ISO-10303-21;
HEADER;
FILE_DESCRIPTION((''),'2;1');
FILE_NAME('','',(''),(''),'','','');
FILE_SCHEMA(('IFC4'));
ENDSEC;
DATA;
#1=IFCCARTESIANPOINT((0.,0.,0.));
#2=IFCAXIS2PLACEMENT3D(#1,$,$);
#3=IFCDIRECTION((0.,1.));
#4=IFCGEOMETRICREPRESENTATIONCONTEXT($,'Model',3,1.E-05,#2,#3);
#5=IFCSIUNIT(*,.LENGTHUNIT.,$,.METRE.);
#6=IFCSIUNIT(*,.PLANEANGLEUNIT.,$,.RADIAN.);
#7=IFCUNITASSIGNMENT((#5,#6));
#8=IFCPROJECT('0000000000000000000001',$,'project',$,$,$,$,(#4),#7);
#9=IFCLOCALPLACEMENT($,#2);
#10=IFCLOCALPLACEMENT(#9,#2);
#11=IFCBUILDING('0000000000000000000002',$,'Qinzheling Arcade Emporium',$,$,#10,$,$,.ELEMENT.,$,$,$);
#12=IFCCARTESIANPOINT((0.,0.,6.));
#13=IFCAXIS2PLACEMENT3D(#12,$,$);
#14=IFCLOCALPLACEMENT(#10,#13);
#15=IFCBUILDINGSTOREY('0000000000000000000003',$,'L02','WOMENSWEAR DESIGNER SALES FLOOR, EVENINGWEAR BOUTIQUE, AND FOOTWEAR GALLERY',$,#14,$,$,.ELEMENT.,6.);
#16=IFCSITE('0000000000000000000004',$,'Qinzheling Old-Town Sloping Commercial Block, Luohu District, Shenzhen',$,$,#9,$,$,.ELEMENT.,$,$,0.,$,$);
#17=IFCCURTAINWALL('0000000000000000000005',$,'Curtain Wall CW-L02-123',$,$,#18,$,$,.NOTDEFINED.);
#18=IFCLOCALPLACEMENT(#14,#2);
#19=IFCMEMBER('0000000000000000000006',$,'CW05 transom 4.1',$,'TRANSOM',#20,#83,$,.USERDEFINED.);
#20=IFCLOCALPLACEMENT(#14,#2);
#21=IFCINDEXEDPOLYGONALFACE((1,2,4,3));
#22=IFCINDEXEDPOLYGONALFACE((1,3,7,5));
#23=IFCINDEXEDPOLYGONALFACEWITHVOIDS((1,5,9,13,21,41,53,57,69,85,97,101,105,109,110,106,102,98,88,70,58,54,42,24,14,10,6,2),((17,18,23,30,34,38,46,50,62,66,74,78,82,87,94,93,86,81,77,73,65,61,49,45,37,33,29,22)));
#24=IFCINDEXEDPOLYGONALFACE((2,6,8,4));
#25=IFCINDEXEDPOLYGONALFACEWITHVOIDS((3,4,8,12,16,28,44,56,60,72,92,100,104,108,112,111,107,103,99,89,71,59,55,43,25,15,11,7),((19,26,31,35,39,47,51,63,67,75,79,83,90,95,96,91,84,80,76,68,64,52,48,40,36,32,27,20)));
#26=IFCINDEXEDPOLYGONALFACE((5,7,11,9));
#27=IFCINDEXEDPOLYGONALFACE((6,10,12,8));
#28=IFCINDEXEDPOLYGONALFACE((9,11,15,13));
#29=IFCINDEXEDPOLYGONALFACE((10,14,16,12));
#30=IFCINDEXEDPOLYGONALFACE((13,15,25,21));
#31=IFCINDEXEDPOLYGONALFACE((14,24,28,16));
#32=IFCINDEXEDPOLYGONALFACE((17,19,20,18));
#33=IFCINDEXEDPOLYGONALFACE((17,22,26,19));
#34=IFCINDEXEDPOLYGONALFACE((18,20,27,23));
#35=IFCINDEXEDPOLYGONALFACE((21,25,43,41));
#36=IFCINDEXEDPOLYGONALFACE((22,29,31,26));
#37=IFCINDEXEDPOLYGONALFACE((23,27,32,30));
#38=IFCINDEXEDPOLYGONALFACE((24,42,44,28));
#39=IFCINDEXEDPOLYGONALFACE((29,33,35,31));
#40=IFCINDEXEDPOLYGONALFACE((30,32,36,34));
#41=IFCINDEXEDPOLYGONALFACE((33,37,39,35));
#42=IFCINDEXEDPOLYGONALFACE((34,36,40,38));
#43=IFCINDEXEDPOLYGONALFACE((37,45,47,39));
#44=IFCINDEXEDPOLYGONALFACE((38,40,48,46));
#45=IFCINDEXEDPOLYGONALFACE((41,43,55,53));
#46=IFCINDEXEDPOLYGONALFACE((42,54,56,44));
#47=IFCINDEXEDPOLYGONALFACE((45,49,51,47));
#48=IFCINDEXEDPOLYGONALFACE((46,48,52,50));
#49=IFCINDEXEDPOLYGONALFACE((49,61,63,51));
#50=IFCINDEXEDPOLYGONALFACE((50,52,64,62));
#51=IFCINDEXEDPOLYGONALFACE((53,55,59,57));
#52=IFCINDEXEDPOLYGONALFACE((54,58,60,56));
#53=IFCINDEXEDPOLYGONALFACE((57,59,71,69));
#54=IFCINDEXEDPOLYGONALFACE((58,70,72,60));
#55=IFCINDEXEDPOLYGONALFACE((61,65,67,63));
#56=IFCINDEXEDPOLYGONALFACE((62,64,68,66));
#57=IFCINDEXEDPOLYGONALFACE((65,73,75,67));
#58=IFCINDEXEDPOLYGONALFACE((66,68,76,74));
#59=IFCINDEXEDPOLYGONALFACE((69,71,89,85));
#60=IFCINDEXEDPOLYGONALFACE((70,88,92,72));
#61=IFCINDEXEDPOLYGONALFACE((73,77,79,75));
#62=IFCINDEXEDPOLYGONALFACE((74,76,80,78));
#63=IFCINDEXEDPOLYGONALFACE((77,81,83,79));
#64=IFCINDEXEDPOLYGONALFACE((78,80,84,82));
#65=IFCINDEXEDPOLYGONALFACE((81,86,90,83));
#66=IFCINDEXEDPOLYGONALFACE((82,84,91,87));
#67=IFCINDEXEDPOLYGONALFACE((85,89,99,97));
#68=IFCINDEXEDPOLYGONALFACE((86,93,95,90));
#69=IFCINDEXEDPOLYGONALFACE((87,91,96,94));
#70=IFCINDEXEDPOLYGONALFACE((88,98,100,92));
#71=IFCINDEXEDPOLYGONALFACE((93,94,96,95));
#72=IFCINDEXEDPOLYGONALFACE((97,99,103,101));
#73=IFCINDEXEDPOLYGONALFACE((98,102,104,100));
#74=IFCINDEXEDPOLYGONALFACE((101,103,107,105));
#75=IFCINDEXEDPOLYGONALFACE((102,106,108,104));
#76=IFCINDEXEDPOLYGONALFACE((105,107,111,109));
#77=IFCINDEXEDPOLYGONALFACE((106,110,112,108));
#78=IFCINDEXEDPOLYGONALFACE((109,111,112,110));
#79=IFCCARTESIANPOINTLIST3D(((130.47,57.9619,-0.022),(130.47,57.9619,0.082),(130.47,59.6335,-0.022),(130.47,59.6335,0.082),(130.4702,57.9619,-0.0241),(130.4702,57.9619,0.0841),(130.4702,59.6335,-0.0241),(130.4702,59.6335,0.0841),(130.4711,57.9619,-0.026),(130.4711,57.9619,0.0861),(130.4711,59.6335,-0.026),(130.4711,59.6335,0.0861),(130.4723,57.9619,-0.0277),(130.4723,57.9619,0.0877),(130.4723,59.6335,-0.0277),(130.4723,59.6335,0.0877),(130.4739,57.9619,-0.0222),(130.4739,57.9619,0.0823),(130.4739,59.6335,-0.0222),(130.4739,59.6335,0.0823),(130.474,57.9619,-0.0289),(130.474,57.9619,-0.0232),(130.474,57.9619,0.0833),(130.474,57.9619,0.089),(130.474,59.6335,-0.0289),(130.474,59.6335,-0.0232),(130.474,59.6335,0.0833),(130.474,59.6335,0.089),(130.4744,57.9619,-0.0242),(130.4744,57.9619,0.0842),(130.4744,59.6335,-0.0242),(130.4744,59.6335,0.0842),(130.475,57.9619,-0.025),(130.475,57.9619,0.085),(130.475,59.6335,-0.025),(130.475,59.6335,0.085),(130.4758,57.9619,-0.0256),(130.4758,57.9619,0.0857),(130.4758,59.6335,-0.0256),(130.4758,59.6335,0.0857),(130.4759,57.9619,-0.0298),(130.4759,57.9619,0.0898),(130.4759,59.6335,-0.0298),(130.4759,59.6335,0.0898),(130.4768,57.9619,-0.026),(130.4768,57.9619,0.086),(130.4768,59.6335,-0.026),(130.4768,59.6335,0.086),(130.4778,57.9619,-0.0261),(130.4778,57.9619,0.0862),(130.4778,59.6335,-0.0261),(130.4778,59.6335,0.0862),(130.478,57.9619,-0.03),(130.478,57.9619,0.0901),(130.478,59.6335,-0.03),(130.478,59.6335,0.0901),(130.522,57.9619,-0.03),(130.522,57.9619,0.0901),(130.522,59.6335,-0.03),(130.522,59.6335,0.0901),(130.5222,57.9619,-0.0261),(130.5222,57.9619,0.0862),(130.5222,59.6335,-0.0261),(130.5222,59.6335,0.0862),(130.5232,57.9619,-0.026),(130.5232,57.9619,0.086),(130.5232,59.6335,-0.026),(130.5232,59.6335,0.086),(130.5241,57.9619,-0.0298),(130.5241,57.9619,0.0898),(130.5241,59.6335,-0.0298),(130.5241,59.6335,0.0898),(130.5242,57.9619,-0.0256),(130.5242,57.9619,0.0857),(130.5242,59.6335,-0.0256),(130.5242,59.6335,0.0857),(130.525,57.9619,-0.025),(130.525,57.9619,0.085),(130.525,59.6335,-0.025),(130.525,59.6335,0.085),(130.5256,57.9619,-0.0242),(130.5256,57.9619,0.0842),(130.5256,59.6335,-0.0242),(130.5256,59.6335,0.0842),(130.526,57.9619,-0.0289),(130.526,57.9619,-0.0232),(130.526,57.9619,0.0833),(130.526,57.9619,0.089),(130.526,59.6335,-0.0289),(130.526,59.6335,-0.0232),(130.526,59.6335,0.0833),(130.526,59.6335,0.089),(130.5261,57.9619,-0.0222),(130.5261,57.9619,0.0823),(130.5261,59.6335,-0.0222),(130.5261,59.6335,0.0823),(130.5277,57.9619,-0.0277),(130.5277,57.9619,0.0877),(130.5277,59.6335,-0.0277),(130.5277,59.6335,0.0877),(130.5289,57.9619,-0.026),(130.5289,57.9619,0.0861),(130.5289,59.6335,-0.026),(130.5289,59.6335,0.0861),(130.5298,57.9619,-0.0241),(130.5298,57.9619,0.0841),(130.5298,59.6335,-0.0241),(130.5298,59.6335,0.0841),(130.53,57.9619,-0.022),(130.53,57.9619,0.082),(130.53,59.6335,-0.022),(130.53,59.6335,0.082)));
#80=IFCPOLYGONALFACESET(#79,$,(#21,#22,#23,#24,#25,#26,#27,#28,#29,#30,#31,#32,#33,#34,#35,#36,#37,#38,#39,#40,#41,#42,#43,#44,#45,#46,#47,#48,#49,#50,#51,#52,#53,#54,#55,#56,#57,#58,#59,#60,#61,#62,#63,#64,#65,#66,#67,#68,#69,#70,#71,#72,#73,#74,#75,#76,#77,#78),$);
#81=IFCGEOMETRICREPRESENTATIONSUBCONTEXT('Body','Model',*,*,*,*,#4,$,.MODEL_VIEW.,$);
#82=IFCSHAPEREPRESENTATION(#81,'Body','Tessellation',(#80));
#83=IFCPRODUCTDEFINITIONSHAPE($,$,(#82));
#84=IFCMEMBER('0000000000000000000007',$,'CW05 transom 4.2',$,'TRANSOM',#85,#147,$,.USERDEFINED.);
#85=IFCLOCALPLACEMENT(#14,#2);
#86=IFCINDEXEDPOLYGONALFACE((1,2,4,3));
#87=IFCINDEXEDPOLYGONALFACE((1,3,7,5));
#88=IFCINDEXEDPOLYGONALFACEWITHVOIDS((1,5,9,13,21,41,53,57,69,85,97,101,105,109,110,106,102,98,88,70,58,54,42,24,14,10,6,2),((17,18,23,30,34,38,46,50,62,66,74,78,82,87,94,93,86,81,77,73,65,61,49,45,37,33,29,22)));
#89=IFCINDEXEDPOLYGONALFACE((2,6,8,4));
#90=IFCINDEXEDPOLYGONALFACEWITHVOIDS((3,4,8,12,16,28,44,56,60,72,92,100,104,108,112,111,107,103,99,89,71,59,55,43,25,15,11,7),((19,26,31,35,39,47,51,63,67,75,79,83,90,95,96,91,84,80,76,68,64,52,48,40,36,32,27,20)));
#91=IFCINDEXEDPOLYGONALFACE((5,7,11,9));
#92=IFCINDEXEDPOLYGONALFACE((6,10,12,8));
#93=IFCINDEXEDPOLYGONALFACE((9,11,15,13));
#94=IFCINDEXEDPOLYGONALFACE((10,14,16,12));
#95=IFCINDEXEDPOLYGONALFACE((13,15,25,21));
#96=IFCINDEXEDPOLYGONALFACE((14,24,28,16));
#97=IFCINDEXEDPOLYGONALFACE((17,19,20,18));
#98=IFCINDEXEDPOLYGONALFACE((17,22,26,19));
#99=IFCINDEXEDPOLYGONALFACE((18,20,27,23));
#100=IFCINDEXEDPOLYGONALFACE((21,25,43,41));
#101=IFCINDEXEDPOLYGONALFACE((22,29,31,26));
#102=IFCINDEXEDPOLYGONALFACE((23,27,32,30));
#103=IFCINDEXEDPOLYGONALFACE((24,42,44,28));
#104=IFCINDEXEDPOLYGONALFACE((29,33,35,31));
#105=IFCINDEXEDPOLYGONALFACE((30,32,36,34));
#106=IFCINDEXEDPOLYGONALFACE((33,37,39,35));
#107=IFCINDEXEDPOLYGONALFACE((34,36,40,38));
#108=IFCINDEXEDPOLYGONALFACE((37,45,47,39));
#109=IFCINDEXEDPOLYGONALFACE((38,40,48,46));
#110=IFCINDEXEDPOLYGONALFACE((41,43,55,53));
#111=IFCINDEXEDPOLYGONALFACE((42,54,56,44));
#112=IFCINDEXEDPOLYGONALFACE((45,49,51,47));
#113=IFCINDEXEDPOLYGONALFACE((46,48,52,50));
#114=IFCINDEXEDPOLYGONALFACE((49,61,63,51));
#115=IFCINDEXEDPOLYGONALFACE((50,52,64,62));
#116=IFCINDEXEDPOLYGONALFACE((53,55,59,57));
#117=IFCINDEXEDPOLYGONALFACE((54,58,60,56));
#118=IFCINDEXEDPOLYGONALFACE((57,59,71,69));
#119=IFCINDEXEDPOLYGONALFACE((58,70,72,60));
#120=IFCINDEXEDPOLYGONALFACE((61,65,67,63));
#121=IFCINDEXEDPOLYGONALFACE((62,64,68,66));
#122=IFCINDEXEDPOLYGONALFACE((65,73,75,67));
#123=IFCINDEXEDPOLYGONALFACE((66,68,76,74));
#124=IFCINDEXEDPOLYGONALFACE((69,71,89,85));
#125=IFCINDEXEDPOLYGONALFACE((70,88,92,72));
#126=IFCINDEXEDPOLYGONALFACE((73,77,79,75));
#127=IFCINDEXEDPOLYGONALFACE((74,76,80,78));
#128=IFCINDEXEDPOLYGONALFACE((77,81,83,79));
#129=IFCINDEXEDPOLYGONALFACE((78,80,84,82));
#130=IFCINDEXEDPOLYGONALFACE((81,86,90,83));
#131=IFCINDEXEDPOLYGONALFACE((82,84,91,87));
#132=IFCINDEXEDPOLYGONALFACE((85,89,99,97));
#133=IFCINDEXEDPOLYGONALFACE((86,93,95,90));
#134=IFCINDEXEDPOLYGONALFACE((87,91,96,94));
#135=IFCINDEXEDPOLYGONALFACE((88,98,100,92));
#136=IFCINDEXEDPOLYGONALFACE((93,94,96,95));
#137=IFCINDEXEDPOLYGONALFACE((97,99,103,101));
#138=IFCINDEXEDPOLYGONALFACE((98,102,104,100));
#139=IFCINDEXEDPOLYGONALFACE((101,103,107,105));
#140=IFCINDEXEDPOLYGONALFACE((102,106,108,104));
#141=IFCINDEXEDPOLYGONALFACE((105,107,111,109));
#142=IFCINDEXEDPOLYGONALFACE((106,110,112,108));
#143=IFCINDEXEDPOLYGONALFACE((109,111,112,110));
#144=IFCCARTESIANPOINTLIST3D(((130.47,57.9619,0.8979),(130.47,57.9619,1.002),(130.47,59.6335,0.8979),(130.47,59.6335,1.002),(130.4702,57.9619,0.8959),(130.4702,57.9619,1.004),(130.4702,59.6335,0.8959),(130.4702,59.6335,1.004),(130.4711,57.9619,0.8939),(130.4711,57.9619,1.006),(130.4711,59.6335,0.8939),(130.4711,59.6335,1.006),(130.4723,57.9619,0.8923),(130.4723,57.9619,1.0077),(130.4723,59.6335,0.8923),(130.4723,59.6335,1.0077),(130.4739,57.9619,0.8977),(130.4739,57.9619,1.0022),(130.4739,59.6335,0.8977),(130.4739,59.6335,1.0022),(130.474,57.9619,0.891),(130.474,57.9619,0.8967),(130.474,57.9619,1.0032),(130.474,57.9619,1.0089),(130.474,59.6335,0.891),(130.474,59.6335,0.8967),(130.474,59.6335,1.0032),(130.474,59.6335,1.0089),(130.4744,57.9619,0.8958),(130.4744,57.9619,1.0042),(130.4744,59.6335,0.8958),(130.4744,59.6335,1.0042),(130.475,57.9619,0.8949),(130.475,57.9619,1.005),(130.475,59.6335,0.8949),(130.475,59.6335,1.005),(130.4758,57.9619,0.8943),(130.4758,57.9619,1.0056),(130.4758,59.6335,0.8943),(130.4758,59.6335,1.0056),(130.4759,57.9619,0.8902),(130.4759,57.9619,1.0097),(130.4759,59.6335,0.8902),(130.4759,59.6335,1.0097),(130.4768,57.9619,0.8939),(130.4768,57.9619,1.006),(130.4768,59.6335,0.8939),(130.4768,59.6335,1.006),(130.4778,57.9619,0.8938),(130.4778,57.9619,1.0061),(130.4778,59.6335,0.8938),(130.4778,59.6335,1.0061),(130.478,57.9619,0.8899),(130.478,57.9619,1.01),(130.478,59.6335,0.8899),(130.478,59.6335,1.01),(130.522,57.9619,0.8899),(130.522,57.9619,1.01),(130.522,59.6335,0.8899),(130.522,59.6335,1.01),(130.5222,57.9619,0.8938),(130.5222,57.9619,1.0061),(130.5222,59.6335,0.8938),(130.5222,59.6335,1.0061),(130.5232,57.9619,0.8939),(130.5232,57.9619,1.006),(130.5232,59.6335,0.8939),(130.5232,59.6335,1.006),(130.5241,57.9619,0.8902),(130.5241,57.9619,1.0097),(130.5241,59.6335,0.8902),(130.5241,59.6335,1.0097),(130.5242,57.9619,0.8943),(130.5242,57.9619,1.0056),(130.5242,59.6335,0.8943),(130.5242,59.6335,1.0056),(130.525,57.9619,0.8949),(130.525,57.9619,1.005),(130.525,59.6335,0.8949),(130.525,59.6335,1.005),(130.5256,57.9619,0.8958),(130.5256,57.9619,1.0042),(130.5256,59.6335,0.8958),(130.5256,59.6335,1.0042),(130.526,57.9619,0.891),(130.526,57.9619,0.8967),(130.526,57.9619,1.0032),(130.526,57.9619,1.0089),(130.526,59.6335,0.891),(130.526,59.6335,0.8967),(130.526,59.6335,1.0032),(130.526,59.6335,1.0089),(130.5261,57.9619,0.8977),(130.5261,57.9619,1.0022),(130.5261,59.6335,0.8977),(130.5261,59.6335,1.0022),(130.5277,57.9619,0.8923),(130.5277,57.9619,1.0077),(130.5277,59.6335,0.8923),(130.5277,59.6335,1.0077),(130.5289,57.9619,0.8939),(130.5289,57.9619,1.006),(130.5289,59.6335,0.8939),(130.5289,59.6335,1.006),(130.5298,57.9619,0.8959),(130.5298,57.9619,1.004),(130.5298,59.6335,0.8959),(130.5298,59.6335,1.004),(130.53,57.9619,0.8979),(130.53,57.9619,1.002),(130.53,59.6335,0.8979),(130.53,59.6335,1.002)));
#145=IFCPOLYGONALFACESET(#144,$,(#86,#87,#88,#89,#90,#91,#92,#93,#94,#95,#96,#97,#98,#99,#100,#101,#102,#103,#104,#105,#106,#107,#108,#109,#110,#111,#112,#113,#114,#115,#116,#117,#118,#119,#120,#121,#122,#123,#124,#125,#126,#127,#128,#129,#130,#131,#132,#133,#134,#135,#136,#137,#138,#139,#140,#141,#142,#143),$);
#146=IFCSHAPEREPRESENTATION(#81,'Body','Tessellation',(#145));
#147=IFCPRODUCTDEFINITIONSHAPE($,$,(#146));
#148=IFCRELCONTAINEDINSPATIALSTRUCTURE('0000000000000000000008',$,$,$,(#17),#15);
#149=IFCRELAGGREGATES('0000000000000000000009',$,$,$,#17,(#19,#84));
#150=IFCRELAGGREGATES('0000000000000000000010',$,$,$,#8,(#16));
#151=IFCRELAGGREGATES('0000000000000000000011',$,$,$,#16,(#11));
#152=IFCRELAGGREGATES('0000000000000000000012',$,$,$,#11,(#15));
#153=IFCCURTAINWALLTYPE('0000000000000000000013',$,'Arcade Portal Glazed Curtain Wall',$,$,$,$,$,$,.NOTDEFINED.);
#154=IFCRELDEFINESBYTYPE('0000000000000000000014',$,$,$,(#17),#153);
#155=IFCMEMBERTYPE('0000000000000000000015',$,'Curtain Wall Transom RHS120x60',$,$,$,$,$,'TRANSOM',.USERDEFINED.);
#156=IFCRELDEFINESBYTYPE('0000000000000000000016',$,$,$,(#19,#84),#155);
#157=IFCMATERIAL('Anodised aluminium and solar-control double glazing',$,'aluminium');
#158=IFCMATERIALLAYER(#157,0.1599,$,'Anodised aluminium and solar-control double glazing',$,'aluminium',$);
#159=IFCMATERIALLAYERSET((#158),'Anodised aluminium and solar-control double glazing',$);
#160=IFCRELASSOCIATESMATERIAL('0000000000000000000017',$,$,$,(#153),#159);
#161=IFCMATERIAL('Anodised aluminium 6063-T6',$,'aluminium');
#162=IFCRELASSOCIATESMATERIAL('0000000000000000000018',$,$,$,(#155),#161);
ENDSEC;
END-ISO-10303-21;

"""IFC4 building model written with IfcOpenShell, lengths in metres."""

from ifc_helpers import new_model, si_unit, direction, frame, origin, origin_2d, place, context, subcontext, project, spatial, hollow_rectangle, extrude, material, layer, layer_set, material_profile, profile_set, type_object, element, aggregate, save


model = new_model("IFC4")

# Units and contexts
model_context = context("Model", 3, precision=1e-05, world=origin(), true_north=direction((0.0, 1.0)))
body_context = subcontext(model_context, "Body", "Model", "MODEL_VIEW")
ifc_project = project(units=[si_unit("LENGTHUNIT", "METRE"), si_unit("PLANEANGLEUNIT", "RADIAN")], contexts=[model_context])

# Site, building, storey
site_placement = place(None, origin())
site = spatial("IfcSite", under=ifc_project, at=site_placement, Name="Qinzheling Old-Town Sloping Commercial Block, Luohu District, Shenzhen", CompositionType="ELEMENT", RefElevation=0.0)
building_placement = place(site_placement, origin())
building = spatial("IfcBuilding", under=site, at=building_placement, Name="Qinzheling Arcade Emporium", CompositionType="ELEMENT")
storey_placement = place(building_placement, frame((0.0, 0.0, 6.0)))
storey = spatial("IfcBuildingStorey", under=building, at=storey_placement, Name="L02", Description="WOMENSWEAR DESIGNER SALES FLOOR, EVENINGWEAR BOUTIQUE, AND FOOTWEAR GALLERY", CompositionType="ELEMENT", Elevation=6.0)

# Curtain wall, members
ifc_material_1 = material(Name="Anodised aluminium and solar-control double glazing", Category="aluminium")
ifc_layer_1 = layer(ifc_material_1, 0.1599, Name="Anodised aluminium and solar-control double glazing", Category="aluminium")
ifc_layer_set_1 = layer_set([ifc_layer_1], Name="Anodised aluminium and solar-control double glazing")
curtain_wall_type = type_object("IfcCurtainWallType", Name="Arcade Portal Glazed Curtain Wall", PredefinedType="NOTDEFINED", material=ifc_layer_set_1)
curtain_wall_placement = place(storey_placement, origin())
curtain_wall = element("IfcCurtainWall", 1, at=curtain_wall_placement, inside=storey, type_object=curtain_wall_type, Name="Curtain Wall CW-L02-123", PredefinedType="NOTDEFINED")
ifc_material_2 = material(Name="Anodised aluminium 6063-T6", Category="aluminium")
ifc_material_profile_1 = material_profile(ifc_material_2, hollow_rectangle(XDim=0.0601, YDim=0.1201, WallThickness=0.0039, InnerFilletRadius=0.0039, OuterFilletRadius=0.0081, at=origin_2d()), Name="RHS 120x60x4", Category="aluminium")
ifc_profile_set_1 = profile_set([ifc_material_profile_1], Name="Anodised aluminium 6063-T6")
member_type_1 = type_object("IfcMemberType", Name="Curtain Wall Transom RHS120x60", ElementType="TRANSOM", PredefinedType="USERDEFINED", material=ifc_profile_set_1)
member_1_placement = place(storey_placement, frame((130.5, 59.6335, 0.03), z_axis=(0.0, -1.0, 0.0), x_axis=(1.0, 0.0, 0.0)))
member_1 = element("IfcMember", 2, at=member_1_placement, type_object=member_type_1, Name="CW05 transom 4.1", ObjectType="TRANSOM", PredefinedType="USERDEFINED", context=body_context, shape_type="SweptSolid", body=[
    extrude(hollow_rectangle(XDim=0.0601, YDim=0.1201, WallThickness=0.0039, InnerFilletRadius=0.0039, OuterFilletRadius=0.0081, at=origin_2d()), origin(), (0.0, 0.0, 1.0), 1.6716),
])
member_2_placement = place(storey_placement, frame((130.5, 59.6335, 0.95), z_axis=(0.0, -1.0, 0.0), x_axis=(1.0, 0.0, 0.0)))
member_2 = element("IfcMember", 3, at=member_2_placement, type_object=member_type_1, Name="CW05 transom 4.2", ObjectType="TRANSOM", PredefinedType="USERDEFINED", context=body_context, shape_type="SweptSolid", body=[
    extrude(hollow_rectangle(XDim=0.0601, YDim=0.1201, WallThickness=0.0039, InnerFilletRadius=0.0039, OuterFilletRadius=0.0081, at=origin_2d()), origin(), (0.0, 0.0, 1.0), 1.6716),
])
aggregate(curtain_wall, [member_1, member_2])

save(model, "model.ifc")
